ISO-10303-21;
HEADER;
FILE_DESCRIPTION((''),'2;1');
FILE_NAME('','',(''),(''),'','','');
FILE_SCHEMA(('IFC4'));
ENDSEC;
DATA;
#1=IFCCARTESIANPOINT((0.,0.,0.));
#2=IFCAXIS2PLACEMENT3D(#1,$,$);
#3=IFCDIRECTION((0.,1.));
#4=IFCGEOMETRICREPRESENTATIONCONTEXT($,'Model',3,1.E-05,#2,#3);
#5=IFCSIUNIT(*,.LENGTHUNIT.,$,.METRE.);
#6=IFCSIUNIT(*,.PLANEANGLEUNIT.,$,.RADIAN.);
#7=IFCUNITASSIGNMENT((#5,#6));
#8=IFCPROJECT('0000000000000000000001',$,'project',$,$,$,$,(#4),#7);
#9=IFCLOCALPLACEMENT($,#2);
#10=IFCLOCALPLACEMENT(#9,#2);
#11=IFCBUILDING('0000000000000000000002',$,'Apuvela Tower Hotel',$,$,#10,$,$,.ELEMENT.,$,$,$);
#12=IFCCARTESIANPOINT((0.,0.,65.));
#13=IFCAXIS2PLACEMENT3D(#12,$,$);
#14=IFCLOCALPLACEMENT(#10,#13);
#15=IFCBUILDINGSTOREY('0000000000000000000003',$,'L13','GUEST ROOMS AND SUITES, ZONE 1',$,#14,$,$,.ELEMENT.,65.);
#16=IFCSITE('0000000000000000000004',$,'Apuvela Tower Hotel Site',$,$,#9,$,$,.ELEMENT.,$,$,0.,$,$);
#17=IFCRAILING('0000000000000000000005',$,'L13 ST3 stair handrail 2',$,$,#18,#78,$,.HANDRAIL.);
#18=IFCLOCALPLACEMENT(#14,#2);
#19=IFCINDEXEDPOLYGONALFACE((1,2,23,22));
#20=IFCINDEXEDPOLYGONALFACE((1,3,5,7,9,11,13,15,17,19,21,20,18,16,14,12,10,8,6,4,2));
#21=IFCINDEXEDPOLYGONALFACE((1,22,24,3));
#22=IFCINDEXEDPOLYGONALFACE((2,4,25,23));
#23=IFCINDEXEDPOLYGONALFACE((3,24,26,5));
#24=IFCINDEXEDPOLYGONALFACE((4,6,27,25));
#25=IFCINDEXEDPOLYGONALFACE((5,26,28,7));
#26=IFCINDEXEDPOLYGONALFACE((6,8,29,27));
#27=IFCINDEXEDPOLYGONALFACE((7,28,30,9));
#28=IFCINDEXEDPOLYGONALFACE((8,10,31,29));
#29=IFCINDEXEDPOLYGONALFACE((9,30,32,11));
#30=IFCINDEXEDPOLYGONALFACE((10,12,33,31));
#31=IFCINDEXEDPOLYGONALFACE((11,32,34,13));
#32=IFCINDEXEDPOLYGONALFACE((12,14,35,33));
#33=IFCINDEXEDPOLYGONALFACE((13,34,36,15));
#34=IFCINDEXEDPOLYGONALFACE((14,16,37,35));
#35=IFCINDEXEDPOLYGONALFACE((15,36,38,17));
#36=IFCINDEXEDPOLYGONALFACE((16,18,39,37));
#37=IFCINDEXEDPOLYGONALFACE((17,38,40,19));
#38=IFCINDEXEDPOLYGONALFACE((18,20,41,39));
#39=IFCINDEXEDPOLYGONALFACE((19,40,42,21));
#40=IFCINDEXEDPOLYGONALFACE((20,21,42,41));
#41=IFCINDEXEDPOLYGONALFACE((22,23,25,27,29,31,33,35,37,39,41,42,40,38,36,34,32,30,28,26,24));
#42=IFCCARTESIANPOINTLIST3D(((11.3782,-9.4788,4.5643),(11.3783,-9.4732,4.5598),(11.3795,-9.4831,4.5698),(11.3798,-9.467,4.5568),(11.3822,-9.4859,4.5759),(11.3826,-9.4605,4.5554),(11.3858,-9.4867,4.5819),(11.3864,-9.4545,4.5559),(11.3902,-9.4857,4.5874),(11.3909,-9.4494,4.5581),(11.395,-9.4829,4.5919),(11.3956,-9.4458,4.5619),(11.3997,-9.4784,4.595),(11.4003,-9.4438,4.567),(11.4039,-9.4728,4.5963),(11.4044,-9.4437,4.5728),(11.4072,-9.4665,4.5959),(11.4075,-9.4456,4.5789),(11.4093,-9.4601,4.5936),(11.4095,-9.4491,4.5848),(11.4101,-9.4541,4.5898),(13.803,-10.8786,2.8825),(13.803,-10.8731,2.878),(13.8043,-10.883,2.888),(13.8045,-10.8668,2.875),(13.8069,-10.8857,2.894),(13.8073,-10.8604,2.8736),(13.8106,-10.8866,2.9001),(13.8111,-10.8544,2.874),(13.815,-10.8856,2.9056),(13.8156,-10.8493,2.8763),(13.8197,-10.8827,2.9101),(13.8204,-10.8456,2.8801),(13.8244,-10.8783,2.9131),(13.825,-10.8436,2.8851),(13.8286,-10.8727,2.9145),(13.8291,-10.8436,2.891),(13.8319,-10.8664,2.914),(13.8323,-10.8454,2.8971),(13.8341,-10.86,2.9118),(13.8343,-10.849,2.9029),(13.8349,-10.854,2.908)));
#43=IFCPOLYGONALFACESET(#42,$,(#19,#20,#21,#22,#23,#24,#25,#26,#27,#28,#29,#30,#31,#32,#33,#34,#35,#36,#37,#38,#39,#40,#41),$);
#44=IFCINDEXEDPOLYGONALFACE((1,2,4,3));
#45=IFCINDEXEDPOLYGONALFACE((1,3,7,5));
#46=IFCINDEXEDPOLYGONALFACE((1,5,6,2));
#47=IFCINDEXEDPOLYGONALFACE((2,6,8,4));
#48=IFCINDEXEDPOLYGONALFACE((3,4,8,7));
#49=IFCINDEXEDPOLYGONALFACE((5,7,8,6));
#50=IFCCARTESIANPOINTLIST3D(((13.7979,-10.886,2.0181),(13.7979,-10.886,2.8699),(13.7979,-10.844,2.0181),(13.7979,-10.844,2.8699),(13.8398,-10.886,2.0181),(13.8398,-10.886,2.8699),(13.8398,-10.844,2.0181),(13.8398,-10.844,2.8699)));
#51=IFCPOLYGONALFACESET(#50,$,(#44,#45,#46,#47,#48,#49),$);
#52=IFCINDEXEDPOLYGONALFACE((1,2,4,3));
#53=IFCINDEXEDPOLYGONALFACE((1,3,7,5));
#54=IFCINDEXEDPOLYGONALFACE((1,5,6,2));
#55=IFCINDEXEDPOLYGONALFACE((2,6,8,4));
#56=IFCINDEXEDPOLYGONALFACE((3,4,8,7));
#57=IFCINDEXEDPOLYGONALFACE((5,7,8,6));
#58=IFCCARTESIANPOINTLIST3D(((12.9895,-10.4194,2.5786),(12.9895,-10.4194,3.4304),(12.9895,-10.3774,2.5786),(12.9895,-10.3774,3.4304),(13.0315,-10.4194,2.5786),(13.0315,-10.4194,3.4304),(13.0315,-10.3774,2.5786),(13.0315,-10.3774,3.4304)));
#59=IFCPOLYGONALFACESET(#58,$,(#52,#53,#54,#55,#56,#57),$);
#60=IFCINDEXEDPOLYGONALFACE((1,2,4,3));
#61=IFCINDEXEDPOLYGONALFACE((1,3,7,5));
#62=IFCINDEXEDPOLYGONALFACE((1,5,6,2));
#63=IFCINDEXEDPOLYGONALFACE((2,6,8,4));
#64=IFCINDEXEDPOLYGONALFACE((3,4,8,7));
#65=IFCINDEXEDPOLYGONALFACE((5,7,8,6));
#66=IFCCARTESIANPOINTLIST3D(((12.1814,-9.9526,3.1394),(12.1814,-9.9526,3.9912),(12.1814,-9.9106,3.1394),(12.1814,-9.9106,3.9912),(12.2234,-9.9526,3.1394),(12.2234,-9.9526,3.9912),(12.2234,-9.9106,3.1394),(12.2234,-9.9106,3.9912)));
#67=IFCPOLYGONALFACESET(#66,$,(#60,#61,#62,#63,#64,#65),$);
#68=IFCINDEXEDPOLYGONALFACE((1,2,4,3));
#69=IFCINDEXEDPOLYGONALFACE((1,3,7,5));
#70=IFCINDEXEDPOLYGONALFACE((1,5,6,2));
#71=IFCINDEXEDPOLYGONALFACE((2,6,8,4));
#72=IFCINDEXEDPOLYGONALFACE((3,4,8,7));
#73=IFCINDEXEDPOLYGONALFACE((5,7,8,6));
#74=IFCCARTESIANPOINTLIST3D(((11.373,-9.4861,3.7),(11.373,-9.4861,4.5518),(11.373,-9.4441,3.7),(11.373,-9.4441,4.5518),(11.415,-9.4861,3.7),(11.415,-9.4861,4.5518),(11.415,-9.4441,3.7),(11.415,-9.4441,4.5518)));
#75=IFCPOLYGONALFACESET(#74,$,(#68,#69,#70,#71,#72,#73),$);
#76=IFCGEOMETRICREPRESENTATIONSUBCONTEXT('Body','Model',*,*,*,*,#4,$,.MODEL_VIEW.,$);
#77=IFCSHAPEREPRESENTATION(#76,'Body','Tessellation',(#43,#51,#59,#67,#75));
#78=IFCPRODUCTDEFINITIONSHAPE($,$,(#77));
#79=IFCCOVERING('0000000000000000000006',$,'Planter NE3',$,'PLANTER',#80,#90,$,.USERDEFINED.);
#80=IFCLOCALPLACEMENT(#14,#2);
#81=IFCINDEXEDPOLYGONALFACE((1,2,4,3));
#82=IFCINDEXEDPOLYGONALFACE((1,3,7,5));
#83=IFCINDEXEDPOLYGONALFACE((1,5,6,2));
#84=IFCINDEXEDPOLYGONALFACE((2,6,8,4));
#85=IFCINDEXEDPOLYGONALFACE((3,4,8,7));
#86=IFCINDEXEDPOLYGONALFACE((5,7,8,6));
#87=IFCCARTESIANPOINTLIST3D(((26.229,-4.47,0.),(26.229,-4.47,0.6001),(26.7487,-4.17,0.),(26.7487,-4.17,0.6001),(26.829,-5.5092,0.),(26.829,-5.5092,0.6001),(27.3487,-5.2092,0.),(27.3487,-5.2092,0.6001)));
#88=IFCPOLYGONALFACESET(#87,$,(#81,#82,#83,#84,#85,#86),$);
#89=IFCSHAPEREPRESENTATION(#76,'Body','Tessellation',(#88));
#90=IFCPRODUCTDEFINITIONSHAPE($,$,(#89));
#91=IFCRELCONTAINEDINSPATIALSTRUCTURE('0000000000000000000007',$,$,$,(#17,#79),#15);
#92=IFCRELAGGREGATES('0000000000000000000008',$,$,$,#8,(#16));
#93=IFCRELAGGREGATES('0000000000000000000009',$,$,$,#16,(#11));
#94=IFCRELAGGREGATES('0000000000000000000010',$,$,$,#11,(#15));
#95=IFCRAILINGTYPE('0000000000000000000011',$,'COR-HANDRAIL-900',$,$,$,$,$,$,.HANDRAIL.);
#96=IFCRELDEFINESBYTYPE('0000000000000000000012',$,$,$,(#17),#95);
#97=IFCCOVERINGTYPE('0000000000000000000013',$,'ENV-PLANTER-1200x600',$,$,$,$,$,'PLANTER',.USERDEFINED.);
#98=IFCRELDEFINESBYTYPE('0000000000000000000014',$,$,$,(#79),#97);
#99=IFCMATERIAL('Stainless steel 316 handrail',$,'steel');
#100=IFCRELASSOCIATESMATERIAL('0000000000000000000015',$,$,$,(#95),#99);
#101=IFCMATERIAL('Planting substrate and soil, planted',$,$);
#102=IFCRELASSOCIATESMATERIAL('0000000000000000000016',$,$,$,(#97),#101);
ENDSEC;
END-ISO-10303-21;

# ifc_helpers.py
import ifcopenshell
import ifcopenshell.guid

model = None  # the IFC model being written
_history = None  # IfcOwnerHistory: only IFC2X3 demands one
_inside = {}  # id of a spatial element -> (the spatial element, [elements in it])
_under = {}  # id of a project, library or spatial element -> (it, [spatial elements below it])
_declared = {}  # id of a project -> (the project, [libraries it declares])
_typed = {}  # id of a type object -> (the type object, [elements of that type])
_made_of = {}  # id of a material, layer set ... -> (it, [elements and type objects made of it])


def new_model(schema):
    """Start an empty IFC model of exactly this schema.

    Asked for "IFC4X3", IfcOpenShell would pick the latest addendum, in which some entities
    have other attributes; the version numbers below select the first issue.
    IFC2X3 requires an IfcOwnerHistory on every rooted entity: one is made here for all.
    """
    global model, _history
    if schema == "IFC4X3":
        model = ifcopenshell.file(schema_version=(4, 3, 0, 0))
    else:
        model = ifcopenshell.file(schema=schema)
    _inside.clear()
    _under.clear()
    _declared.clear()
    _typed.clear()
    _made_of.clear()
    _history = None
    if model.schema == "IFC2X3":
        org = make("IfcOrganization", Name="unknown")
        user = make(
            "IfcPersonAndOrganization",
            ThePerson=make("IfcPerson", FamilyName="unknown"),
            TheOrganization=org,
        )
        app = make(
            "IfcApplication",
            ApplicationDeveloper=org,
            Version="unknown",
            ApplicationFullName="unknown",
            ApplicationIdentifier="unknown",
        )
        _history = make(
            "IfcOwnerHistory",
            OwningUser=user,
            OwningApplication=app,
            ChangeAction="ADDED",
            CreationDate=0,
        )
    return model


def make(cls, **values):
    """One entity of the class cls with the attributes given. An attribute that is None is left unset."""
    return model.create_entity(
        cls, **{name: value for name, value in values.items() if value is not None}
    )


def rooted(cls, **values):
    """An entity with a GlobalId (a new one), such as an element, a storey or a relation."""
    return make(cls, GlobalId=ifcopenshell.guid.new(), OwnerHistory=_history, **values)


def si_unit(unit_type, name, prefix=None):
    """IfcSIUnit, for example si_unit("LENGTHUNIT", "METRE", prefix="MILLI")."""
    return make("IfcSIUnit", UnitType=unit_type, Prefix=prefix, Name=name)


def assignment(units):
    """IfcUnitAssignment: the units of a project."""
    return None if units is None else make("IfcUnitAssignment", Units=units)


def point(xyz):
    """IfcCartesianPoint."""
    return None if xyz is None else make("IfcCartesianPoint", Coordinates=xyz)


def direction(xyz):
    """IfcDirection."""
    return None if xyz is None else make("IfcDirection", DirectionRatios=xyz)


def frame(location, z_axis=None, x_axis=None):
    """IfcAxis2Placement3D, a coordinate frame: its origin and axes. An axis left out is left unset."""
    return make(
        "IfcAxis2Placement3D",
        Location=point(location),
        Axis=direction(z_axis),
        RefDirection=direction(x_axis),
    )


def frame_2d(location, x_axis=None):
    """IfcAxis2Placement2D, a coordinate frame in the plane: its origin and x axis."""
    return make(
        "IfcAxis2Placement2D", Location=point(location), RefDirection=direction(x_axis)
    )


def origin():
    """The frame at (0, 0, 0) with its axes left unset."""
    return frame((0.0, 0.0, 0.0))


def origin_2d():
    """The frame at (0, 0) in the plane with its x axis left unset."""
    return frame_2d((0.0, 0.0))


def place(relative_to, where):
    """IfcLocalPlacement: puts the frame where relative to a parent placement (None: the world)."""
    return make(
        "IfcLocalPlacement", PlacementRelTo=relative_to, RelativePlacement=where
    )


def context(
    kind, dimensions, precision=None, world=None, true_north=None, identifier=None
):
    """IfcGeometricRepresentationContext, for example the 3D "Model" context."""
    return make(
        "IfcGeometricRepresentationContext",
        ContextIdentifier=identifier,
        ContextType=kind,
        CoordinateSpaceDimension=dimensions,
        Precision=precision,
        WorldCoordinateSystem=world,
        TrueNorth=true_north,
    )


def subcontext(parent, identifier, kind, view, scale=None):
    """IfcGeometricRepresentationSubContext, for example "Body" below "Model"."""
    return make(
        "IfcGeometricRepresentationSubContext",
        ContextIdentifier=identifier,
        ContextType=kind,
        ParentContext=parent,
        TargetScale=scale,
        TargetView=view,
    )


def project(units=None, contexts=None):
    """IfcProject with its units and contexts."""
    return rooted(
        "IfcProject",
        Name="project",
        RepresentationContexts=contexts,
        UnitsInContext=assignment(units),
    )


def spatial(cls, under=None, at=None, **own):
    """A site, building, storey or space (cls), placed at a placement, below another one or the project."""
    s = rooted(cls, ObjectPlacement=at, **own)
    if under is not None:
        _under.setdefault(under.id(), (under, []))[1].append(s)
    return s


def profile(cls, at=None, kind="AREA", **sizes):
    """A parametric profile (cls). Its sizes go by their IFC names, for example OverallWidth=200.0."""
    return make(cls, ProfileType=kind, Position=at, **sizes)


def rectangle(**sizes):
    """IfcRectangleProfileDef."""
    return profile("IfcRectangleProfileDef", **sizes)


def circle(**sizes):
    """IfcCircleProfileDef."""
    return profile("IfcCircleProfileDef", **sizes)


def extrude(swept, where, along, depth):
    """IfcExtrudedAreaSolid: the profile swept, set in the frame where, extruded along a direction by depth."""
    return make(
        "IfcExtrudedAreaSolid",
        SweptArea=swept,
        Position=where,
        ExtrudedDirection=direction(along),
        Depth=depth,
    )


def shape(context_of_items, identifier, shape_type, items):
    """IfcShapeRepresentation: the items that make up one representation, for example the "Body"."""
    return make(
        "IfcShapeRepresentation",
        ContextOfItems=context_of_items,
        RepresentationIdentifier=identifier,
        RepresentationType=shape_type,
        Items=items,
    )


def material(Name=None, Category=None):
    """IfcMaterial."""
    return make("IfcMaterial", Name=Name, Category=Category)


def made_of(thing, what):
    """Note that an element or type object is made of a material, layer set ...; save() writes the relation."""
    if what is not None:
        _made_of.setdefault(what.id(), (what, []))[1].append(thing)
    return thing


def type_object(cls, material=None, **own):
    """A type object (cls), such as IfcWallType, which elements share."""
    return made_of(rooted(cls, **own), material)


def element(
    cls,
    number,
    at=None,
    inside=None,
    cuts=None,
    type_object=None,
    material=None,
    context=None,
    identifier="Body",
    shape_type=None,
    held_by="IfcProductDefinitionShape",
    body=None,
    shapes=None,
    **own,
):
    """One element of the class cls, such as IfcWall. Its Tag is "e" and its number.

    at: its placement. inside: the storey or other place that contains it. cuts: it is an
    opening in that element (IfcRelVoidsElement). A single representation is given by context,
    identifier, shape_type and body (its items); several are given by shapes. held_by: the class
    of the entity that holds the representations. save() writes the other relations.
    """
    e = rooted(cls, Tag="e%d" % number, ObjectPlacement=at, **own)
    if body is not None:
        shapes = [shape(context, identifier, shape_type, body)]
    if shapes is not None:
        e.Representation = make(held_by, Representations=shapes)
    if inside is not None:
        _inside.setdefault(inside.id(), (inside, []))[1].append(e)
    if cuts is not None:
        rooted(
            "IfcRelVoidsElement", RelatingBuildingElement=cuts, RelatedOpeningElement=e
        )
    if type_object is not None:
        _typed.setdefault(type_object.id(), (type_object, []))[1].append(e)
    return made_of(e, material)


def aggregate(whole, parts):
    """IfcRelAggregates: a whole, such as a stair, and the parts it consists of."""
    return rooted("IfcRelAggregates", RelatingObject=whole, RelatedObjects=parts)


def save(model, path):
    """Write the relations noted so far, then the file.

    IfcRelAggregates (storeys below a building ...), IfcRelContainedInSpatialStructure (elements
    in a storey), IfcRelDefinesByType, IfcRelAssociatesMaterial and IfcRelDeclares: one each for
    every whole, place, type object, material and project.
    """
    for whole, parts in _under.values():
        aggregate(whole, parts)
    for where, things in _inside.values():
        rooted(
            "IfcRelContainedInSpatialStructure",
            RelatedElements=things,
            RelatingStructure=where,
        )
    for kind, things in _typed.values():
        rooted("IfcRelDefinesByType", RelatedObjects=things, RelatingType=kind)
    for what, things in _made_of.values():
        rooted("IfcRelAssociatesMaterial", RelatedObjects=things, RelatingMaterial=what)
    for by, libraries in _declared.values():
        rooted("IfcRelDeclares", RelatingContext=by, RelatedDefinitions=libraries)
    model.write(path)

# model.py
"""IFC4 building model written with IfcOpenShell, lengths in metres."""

from ifc_helpers import new_model, si_unit, direction, frame, origin, origin_2d, place, context, subcontext, project, spatial, rectangle, circle, extrude, material, type_object, element, save


model = new_model("IFC4")

# Units and contexts
model_context = context("Model", 3, precision=1e-05, world=origin(), true_north=direction((0.0, 1.0)))
body_context = subcontext(model_context, "Body", "Model", "MODEL_VIEW")
ifc_project = project(units=[si_unit("LENGTHUNIT", "METRE"), si_unit("PLANEANGLEUNIT", "RADIAN")], contexts=[model_context])

# Site, building, storey
site_placement = place(None, origin())
site = spatial("IfcSite", under=ifc_project, at=site_placement, Name="Apuvela Tower Hotel Site", CompositionType="ELEMENT", RefElevation=0.0)
building_placement = place(site_placement, origin())
building = spatial("IfcBuilding", under=site, at=building_placement, Name="Apuvela Tower Hotel", CompositionType="ELEMENT")
storey_placement = place(building_placement, frame((0.0, 0.0, 65.0)))
storey = spatial("IfcBuildingStorey", under=building, at=storey_placement, Name="L13", Description="GUEST ROOMS AND SUITES, ZONE 1", CompositionType="ELEMENT", Elevation=65.0)

# Railing
ifc_material_1 = material(Name="Stainless steel 316 handrail", Category="steel")
railing_type_1 = type_object("IfcRailingType", Name="COR-HANDRAIL-900", PredefinedType="HANDRAIL", material=ifc_material_1)
railing_1_placement = place(storey_placement, frame((13.8188, -10.865, 2.0181)))
element("IfcRailing", 1, at=railing_1_placement, inside=storey, type_object=railing_type_1, Name="L13 ST3 stair handrail 2", PredefinedType="HANDRAIL", context=body_context, shape_type="SweptSolid", body=[
    extrude(circle(Radius=0.0239, at=origin_2d()), frame((0.0, 0.0, 0.876), z_axis=(-0.74239, 0.428601, 0.514934), x_axis=(-0.499984, -0.866035, 0.0)), (0.0, 0.0, 1.0), 3.2661),
    extrude(rectangle(XDim=0.042, YDim=0.042, at=origin_2d()), origin(), (0.0, 0.0, 1.0), 0.8518),
    extrude(rectangle(XDim=0.042, YDim=0.042, at=origin_2d()), frame((-0.8083, 0.4666, 0.5605)), (0.0, 0.0, 1.0), 0.8518),
    extrude(rectangle(XDim=0.042, YDim=0.042, at=origin_2d()), frame((-1.6165, 0.9333, 1.1213)), (0.0, 0.0, 1.0), 0.8518),
    extrude(rectangle(XDim=0.042, YDim=0.042, at=origin_2d()), frame((-2.4248, 1.3999, 1.6819)), (0.0, 0.0, 1.0), 0.8518),
])

# Covering
ifc_material_2 = material(Name="Planting substrate and soil, planted")
covering_type = type_object("IfcCoveringType", Name="ENV-PLANTER-1200x600", ElementType="PLANTER", PredefinedType="USERDEFINED", material=ifc_material_2)
covering_placement = place(storey_placement, frame((26.7888, -4.8396, 0.0), z_axis=(0.0, 0.0, 1.0), x_axis=(-0.5, 0.866025, 0.0)))
element("IfcCovering", 2, at=covering_placement, inside=storey, type_object=covering_type, Name="Planter NE3", ObjectType="PLANTER", PredefinedType="USERDEFINED", context=body_context, shape_type="SweptSolid", body=[
    extrude(rectangle(XDim=1.2, YDim=0.6001, at=origin_2d()), origin(), (0.0, 0.0, 1.0), 0.6001),
])

save(model, "model.ifc")
